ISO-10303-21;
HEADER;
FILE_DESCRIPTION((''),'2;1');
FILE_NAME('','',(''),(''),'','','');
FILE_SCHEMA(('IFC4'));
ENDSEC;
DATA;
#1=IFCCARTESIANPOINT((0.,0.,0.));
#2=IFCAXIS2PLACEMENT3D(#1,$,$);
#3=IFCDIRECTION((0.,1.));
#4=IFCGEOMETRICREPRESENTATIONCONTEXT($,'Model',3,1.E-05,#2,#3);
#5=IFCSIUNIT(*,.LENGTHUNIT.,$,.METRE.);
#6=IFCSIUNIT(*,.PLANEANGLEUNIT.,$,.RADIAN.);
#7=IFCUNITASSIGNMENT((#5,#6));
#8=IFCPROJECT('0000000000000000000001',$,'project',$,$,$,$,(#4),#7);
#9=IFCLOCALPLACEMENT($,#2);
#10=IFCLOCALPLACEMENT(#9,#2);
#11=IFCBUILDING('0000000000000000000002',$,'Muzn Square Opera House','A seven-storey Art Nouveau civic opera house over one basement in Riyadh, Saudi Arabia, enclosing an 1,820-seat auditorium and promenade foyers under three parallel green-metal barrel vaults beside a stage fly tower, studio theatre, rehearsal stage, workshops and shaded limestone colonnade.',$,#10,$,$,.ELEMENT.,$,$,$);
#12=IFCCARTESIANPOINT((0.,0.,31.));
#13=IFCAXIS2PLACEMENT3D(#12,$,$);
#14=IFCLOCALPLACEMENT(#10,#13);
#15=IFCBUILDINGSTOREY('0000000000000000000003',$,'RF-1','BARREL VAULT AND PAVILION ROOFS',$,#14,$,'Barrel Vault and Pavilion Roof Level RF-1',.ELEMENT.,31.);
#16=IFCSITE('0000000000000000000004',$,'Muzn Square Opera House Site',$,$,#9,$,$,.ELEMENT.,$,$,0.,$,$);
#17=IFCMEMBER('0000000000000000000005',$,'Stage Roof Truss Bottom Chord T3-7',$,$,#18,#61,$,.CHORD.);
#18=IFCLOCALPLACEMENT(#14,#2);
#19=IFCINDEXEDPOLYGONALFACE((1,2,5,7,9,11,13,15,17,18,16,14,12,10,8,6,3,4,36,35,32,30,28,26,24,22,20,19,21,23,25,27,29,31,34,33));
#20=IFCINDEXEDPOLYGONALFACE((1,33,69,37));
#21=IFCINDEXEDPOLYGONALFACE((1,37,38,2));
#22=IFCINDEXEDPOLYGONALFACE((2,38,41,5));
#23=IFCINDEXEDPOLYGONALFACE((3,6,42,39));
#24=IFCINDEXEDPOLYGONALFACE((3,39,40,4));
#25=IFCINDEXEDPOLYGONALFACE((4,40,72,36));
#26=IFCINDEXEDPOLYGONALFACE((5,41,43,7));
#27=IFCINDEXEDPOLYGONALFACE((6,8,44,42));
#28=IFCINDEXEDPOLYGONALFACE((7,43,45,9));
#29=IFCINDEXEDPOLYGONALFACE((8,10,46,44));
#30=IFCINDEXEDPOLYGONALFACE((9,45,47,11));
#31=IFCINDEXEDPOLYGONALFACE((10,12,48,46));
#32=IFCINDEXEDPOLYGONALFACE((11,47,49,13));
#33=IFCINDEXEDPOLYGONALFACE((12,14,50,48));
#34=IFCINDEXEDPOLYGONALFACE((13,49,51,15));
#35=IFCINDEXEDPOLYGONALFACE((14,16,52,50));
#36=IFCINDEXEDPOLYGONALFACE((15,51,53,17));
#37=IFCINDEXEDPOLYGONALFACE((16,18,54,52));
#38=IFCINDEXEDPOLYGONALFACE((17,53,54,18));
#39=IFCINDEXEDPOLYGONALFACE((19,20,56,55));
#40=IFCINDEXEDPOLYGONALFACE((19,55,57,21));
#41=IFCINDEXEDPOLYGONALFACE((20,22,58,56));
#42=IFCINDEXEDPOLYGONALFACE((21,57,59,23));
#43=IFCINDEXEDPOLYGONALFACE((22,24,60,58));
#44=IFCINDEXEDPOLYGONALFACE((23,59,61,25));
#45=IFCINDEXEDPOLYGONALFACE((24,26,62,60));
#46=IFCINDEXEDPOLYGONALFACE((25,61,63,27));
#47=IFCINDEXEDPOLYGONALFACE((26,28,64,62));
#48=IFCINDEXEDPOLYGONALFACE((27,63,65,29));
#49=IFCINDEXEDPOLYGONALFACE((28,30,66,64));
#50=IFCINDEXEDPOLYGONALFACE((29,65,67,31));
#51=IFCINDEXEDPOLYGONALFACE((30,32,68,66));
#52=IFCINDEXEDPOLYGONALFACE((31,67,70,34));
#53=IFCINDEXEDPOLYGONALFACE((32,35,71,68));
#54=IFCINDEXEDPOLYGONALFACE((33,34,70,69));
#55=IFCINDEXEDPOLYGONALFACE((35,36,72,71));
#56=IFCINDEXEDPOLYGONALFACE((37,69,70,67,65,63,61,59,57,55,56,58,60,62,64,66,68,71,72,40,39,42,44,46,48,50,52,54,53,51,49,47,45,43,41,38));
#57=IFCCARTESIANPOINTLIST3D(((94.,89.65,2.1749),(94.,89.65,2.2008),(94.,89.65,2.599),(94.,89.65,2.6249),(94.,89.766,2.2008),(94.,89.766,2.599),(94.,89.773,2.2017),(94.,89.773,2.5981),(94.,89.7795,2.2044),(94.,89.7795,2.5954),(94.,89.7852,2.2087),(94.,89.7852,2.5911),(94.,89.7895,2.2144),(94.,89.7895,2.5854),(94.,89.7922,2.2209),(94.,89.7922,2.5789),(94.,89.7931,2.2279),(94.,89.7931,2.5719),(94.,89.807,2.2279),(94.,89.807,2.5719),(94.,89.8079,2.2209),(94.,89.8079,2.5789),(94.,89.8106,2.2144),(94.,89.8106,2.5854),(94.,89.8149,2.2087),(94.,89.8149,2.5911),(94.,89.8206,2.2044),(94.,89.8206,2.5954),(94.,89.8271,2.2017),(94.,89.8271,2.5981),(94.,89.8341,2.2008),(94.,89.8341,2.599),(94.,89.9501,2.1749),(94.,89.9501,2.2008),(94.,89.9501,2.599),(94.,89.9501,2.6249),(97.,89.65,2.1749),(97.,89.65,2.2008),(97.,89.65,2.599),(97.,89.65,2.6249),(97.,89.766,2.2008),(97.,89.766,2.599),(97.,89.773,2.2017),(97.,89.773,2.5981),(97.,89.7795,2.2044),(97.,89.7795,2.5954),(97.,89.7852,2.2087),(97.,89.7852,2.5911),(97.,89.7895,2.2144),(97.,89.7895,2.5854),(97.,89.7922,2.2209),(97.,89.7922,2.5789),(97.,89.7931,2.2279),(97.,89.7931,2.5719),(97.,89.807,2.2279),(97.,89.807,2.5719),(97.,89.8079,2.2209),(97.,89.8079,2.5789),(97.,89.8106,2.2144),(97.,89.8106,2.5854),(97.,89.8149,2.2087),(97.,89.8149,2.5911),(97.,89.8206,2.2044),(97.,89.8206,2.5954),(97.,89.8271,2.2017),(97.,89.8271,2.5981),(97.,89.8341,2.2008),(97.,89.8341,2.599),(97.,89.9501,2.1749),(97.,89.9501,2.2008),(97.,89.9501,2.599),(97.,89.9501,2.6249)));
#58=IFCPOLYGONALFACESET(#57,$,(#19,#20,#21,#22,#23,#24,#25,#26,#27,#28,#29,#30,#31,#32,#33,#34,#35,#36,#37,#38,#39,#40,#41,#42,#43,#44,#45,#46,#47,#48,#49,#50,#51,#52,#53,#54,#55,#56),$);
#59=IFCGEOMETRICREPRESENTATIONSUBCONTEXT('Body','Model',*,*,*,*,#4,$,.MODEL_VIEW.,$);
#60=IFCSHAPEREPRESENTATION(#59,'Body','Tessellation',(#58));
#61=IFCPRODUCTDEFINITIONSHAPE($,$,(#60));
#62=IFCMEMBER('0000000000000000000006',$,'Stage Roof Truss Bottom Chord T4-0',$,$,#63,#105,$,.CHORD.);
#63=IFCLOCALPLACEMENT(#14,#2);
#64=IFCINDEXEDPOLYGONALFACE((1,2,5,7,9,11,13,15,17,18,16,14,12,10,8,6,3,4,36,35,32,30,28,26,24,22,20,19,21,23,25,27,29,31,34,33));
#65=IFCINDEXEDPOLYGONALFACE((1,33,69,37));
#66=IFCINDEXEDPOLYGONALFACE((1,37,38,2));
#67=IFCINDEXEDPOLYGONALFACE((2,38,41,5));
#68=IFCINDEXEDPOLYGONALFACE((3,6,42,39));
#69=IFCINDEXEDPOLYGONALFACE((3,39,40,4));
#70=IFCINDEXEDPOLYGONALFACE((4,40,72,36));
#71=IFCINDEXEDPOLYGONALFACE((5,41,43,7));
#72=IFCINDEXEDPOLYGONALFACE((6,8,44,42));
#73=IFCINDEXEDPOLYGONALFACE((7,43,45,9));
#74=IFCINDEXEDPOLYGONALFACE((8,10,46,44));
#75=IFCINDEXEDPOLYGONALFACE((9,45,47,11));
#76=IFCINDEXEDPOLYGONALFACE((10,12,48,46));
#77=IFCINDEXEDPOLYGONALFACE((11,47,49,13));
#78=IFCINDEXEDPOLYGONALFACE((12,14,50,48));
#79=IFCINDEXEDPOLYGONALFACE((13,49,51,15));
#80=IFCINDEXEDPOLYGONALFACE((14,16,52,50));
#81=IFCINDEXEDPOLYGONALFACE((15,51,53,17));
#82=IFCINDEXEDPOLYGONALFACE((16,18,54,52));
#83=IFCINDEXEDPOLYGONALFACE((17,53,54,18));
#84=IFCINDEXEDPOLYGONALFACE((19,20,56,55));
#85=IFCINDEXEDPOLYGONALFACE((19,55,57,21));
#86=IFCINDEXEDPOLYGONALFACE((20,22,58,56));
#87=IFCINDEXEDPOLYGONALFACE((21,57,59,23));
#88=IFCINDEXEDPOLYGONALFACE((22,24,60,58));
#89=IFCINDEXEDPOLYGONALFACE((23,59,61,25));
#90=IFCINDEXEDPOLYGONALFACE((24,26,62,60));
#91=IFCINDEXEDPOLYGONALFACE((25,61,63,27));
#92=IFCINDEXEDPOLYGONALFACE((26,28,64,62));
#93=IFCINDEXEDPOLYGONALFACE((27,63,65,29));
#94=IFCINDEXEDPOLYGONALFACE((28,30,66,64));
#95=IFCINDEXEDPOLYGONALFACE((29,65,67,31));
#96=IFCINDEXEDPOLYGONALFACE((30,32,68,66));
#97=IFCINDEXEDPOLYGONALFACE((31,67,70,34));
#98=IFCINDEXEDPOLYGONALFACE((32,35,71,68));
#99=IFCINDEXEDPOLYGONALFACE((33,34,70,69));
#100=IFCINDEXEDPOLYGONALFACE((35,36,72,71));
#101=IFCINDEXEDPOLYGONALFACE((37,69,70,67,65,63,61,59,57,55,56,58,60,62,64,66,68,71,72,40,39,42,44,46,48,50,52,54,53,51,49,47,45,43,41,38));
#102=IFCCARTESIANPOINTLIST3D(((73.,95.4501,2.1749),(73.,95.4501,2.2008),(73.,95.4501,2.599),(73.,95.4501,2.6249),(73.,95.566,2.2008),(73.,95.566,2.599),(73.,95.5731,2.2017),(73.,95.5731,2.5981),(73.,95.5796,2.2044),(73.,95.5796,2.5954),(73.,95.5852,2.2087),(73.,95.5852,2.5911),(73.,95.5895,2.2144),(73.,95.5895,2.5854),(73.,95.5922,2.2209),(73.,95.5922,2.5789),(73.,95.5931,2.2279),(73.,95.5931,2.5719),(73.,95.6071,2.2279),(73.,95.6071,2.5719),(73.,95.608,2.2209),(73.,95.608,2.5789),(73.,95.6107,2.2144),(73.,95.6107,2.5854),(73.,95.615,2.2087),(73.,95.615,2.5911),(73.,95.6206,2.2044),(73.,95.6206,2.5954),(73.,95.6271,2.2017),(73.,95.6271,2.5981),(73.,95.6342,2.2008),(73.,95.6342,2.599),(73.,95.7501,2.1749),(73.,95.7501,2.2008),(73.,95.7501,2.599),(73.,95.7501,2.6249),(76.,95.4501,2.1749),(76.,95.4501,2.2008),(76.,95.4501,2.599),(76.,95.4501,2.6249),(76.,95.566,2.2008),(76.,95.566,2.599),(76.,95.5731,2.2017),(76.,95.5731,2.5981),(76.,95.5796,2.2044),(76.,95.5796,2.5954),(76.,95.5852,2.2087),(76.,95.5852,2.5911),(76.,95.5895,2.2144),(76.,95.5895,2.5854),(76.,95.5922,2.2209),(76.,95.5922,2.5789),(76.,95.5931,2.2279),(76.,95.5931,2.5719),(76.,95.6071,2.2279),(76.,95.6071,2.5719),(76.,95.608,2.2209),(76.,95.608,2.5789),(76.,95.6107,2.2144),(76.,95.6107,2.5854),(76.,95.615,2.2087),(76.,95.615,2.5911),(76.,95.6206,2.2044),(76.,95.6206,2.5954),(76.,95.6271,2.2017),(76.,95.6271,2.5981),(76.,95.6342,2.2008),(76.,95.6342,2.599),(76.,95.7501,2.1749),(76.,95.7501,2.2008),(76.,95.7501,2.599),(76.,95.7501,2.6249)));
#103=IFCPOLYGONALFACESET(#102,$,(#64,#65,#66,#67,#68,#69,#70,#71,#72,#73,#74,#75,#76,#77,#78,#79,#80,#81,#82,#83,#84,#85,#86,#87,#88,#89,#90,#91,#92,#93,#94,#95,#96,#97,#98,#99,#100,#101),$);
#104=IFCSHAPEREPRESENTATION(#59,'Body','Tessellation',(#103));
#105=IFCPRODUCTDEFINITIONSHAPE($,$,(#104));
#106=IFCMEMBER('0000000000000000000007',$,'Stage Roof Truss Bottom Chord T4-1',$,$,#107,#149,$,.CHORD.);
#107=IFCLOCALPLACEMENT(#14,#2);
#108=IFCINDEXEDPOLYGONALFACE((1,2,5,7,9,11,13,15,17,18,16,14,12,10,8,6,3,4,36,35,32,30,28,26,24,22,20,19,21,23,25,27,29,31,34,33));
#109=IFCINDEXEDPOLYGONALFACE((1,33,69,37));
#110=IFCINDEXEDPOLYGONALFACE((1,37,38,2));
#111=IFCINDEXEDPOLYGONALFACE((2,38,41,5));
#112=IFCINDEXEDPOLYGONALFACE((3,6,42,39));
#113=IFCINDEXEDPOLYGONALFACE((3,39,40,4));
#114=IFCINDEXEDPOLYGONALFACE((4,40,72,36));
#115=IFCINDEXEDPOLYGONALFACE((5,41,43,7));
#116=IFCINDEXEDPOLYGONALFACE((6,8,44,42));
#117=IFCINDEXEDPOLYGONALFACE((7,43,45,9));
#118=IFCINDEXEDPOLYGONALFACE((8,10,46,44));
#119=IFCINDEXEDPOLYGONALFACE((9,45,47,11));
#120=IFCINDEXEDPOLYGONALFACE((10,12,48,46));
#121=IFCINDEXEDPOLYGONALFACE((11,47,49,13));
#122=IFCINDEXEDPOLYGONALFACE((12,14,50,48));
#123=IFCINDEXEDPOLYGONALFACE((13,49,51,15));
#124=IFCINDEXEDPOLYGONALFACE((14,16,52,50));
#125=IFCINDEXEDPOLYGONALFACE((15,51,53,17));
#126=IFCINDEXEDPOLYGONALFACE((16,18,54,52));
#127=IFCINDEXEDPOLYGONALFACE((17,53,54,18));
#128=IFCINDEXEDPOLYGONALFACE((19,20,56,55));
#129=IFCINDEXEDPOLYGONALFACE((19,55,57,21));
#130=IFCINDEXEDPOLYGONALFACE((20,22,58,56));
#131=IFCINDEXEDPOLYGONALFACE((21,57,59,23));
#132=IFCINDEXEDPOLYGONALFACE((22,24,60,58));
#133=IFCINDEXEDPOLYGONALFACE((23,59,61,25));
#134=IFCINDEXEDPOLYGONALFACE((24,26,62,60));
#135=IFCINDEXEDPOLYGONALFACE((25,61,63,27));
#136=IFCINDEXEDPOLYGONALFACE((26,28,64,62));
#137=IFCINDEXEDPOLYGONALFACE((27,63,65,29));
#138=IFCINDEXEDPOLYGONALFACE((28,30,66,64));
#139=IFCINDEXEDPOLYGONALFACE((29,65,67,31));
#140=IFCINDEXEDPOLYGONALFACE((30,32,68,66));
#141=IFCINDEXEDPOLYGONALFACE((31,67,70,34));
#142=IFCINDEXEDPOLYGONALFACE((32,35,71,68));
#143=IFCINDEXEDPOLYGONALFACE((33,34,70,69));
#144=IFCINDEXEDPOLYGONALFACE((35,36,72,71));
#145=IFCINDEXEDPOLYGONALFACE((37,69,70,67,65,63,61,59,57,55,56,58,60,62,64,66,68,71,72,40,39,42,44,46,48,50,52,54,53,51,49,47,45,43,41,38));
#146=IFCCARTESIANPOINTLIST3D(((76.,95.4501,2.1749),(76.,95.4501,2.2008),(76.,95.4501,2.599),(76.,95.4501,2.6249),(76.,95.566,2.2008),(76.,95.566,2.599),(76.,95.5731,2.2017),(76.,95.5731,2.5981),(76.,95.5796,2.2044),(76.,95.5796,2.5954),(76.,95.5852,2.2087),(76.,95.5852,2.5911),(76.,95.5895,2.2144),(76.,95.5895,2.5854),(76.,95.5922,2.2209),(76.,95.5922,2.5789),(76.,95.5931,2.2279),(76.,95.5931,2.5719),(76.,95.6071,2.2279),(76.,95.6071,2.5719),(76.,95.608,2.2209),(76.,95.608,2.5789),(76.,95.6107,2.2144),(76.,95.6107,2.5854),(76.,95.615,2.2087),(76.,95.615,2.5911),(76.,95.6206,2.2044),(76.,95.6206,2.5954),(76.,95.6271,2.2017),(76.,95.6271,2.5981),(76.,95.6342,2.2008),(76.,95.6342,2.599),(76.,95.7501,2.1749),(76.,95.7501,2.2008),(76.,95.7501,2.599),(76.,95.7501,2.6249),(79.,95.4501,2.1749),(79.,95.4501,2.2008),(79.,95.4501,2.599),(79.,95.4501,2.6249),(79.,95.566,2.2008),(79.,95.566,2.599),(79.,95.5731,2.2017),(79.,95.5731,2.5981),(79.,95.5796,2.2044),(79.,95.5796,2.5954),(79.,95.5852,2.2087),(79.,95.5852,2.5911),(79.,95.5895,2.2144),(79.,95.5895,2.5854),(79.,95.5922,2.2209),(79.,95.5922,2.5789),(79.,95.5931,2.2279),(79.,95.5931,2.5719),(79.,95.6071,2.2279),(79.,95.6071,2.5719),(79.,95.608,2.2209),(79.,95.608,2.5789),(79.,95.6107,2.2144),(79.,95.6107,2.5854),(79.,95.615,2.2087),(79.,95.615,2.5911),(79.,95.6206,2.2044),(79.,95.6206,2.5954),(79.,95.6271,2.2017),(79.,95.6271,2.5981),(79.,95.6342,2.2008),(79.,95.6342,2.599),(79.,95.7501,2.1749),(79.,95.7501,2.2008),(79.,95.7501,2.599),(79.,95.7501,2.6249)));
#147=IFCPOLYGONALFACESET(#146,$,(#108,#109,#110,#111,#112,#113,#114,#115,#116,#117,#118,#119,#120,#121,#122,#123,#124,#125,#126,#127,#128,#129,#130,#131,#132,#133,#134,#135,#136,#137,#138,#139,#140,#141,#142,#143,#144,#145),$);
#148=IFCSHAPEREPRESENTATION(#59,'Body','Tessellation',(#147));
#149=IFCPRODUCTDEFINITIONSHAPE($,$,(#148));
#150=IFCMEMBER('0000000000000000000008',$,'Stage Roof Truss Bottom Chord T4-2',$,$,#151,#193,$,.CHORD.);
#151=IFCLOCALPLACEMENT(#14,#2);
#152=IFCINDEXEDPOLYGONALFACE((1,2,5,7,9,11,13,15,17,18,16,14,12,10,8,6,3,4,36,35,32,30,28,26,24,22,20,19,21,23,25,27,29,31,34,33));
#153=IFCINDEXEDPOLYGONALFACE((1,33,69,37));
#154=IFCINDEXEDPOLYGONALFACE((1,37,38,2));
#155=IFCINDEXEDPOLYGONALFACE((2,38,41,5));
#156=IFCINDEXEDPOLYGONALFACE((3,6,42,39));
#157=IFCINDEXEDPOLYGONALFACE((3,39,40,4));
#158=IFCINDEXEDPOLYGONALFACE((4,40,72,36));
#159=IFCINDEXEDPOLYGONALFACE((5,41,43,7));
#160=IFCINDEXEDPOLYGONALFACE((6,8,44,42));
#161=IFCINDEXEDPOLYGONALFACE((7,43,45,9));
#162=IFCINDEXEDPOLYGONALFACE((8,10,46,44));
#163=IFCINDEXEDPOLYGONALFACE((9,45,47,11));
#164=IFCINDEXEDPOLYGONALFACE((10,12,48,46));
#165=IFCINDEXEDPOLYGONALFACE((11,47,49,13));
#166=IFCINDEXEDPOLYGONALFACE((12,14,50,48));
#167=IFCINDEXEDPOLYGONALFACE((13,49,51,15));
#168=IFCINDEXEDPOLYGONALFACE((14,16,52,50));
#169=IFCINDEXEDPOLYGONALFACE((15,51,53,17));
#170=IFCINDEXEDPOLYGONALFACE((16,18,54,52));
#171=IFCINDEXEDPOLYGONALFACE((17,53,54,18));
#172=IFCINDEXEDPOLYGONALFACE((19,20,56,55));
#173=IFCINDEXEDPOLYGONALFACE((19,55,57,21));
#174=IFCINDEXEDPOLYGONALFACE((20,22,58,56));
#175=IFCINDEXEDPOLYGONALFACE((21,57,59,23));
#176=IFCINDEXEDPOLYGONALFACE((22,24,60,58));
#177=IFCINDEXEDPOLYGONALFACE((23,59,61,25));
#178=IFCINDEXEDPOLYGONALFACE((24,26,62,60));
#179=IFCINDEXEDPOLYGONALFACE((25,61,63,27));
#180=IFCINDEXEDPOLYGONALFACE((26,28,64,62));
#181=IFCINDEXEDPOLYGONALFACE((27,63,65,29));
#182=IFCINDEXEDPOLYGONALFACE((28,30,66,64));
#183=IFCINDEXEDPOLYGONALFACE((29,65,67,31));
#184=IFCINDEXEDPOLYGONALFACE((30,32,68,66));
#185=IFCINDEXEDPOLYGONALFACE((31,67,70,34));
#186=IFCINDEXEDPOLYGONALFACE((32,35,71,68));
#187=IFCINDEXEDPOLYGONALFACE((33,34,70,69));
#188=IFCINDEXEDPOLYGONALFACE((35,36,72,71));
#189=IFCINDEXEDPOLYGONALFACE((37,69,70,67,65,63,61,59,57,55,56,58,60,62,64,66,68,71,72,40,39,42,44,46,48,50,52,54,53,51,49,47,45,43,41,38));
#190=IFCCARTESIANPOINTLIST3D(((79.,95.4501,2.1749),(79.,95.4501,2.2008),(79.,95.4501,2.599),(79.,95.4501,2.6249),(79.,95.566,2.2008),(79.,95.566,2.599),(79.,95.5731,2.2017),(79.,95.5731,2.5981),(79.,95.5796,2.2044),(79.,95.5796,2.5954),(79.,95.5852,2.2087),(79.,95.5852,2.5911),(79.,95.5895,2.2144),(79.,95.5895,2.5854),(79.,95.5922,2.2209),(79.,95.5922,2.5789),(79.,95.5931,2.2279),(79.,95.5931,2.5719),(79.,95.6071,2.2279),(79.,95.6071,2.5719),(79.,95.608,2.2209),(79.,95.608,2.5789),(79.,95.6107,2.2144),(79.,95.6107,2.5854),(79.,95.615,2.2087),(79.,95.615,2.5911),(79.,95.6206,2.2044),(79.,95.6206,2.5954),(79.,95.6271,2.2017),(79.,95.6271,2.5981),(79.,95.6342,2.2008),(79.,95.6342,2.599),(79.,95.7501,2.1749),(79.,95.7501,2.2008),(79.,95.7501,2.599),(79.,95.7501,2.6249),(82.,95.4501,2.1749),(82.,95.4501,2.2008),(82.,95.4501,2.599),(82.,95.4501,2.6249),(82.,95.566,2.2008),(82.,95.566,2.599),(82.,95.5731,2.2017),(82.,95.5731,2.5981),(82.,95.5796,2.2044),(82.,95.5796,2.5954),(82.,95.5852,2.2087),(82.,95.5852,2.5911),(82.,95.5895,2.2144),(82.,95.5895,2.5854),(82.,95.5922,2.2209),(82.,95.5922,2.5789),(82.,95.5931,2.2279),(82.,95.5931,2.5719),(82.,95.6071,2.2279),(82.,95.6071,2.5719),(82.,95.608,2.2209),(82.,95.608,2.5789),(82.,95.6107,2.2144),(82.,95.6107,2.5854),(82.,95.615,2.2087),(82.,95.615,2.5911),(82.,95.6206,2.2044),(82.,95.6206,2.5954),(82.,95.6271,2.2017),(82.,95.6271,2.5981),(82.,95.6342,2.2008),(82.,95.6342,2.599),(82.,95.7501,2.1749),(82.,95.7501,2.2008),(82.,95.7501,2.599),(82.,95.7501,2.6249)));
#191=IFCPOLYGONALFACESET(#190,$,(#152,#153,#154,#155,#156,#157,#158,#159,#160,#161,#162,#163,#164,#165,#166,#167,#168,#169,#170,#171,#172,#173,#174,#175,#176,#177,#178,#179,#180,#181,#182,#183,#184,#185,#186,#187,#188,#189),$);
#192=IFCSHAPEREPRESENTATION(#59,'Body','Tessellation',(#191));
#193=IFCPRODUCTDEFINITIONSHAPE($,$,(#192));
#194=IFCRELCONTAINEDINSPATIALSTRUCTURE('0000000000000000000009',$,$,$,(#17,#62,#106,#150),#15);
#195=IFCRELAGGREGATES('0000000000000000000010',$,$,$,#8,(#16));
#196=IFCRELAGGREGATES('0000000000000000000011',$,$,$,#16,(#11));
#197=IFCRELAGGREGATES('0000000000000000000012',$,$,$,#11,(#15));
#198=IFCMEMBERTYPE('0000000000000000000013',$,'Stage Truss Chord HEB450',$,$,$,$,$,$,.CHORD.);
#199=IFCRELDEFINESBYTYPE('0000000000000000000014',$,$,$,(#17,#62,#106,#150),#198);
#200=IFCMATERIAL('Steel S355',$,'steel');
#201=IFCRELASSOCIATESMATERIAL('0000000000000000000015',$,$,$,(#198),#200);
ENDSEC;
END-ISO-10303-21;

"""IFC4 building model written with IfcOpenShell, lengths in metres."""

from ifc_helpers import new_model, si_unit, direction, frame, origin, origin_2d, place, context, subcontext, project, spatial, i_section, extrude, material, material_profile, profile_set, type_object, element, save


model = new_model("IFC4")

# Units and contexts
model_context = context("Model", 3, precision=1e-05, world=origin(), true_north=direction((0.0, 1.0)))
body_context = subcontext(model_context, "Body", "Model", "MODEL_VIEW")
ifc_project = project(units=[si_unit("LENGTHUNIT", "METRE"), si_unit("PLANEANGLEUNIT", "RADIAN")], contexts=[model_context])

# Site, building, storey
site_placement = place(None, origin())
site = spatial("IfcSite", under=ifc_project, at=site_placement, Name="Muzn Square Opera House Site", CompositionType="ELEMENT", RefElevation=0.0)
building_placement = place(site_placement, origin())
building = spatial("IfcBuilding", under=site, at=building_placement, Name="Muzn Square Opera House", Description="A seven-storey Art Nouveau civic opera house over one basement in Riyadh, Saudi Arabia, enclosing an 1,820-seat auditorium and promenade foyers under three parallel green-metal barrel vaults beside a stage fly tower, studio theatre, rehearsal stage, workshops and shaded limestone colonnade.", CompositionType="ELEMENT")
storey_placement = place(building_placement, frame((0.0, 0.0, 31.0)))
storey = spatial("IfcBuildingStorey", under=building, at=storey_placement, Name="RF-1", Description="BARREL VAULT AND PAVILION ROOFS", LongName="Barrel Vault and Pavilion Roof Level RF-1", CompositionType="ELEMENT", Elevation=31.0)

# Shared definitions
ifc_material_1 = material(Name="Steel S355", Category="steel")

# Members
ifc_material_profile_1 = material_profile(ifc_material_1, i_section(OverallWidth=0.3, OverallDepth=0.45, WebThickness=0.0139, FlangeThickness=0.0259, FilletRadius=0.0271, at=origin_2d()), Name="HEB 450", Category="steel")
ifc_profile_set_1 = profile_set([ifc_material_profile_1], Name="Steel S355")
member_type_1 = type_object("IfcMemberType", Name="Stage Truss Chord HEB450", PredefinedType="CHORD", material=ifc_profile_set_1)
for number, where, z_axis, x_axis, name in (
    (1, (94.0, 89.8, 2.3999), (1.0, 0.0, 0.0), (0.0, 1.0, 0.0), "Stage Roof Truss Bottom Chord T3-7"),
    (2, (73.0, 95.6001, 2.3999), (1.0, 0.0, 0.0), (0.0, 1.0, 0.0), "Stage Roof Truss Bottom Chord T4-0"),
    (3, (76.0, 95.6001, 2.3999), (1.0, 0.0, 0.0), (0.0, 1.0, 0.0), "Stage Roof Truss Bottom Chord T4-1"),
    (4, (79.0, 95.6001, 2.3999), (1.0, 0.0, 0.0), (0.0, 1.0, 0.0), "Stage Roof Truss Bottom Chord T4-2"),
):
    element("IfcMember", number, at=place(storey_placement, frame(where, z_axis=z_axis, x_axis=x_axis)), inside=storey, type_object=member_type_1, Name=name, PredefinedType="CHORD", context=body_context, shape_type="SweptSolid", body=[
        extrude(i_section(OverallWidth=0.3, OverallDepth=0.45, WebThickness=0.0139, FlangeThickness=0.0259, FilletRadius=0.0271, at=origin_2d()), origin(), (0.0, 0.0, 1.0), 3.0),
    ])

save(model, "model.ifc")
